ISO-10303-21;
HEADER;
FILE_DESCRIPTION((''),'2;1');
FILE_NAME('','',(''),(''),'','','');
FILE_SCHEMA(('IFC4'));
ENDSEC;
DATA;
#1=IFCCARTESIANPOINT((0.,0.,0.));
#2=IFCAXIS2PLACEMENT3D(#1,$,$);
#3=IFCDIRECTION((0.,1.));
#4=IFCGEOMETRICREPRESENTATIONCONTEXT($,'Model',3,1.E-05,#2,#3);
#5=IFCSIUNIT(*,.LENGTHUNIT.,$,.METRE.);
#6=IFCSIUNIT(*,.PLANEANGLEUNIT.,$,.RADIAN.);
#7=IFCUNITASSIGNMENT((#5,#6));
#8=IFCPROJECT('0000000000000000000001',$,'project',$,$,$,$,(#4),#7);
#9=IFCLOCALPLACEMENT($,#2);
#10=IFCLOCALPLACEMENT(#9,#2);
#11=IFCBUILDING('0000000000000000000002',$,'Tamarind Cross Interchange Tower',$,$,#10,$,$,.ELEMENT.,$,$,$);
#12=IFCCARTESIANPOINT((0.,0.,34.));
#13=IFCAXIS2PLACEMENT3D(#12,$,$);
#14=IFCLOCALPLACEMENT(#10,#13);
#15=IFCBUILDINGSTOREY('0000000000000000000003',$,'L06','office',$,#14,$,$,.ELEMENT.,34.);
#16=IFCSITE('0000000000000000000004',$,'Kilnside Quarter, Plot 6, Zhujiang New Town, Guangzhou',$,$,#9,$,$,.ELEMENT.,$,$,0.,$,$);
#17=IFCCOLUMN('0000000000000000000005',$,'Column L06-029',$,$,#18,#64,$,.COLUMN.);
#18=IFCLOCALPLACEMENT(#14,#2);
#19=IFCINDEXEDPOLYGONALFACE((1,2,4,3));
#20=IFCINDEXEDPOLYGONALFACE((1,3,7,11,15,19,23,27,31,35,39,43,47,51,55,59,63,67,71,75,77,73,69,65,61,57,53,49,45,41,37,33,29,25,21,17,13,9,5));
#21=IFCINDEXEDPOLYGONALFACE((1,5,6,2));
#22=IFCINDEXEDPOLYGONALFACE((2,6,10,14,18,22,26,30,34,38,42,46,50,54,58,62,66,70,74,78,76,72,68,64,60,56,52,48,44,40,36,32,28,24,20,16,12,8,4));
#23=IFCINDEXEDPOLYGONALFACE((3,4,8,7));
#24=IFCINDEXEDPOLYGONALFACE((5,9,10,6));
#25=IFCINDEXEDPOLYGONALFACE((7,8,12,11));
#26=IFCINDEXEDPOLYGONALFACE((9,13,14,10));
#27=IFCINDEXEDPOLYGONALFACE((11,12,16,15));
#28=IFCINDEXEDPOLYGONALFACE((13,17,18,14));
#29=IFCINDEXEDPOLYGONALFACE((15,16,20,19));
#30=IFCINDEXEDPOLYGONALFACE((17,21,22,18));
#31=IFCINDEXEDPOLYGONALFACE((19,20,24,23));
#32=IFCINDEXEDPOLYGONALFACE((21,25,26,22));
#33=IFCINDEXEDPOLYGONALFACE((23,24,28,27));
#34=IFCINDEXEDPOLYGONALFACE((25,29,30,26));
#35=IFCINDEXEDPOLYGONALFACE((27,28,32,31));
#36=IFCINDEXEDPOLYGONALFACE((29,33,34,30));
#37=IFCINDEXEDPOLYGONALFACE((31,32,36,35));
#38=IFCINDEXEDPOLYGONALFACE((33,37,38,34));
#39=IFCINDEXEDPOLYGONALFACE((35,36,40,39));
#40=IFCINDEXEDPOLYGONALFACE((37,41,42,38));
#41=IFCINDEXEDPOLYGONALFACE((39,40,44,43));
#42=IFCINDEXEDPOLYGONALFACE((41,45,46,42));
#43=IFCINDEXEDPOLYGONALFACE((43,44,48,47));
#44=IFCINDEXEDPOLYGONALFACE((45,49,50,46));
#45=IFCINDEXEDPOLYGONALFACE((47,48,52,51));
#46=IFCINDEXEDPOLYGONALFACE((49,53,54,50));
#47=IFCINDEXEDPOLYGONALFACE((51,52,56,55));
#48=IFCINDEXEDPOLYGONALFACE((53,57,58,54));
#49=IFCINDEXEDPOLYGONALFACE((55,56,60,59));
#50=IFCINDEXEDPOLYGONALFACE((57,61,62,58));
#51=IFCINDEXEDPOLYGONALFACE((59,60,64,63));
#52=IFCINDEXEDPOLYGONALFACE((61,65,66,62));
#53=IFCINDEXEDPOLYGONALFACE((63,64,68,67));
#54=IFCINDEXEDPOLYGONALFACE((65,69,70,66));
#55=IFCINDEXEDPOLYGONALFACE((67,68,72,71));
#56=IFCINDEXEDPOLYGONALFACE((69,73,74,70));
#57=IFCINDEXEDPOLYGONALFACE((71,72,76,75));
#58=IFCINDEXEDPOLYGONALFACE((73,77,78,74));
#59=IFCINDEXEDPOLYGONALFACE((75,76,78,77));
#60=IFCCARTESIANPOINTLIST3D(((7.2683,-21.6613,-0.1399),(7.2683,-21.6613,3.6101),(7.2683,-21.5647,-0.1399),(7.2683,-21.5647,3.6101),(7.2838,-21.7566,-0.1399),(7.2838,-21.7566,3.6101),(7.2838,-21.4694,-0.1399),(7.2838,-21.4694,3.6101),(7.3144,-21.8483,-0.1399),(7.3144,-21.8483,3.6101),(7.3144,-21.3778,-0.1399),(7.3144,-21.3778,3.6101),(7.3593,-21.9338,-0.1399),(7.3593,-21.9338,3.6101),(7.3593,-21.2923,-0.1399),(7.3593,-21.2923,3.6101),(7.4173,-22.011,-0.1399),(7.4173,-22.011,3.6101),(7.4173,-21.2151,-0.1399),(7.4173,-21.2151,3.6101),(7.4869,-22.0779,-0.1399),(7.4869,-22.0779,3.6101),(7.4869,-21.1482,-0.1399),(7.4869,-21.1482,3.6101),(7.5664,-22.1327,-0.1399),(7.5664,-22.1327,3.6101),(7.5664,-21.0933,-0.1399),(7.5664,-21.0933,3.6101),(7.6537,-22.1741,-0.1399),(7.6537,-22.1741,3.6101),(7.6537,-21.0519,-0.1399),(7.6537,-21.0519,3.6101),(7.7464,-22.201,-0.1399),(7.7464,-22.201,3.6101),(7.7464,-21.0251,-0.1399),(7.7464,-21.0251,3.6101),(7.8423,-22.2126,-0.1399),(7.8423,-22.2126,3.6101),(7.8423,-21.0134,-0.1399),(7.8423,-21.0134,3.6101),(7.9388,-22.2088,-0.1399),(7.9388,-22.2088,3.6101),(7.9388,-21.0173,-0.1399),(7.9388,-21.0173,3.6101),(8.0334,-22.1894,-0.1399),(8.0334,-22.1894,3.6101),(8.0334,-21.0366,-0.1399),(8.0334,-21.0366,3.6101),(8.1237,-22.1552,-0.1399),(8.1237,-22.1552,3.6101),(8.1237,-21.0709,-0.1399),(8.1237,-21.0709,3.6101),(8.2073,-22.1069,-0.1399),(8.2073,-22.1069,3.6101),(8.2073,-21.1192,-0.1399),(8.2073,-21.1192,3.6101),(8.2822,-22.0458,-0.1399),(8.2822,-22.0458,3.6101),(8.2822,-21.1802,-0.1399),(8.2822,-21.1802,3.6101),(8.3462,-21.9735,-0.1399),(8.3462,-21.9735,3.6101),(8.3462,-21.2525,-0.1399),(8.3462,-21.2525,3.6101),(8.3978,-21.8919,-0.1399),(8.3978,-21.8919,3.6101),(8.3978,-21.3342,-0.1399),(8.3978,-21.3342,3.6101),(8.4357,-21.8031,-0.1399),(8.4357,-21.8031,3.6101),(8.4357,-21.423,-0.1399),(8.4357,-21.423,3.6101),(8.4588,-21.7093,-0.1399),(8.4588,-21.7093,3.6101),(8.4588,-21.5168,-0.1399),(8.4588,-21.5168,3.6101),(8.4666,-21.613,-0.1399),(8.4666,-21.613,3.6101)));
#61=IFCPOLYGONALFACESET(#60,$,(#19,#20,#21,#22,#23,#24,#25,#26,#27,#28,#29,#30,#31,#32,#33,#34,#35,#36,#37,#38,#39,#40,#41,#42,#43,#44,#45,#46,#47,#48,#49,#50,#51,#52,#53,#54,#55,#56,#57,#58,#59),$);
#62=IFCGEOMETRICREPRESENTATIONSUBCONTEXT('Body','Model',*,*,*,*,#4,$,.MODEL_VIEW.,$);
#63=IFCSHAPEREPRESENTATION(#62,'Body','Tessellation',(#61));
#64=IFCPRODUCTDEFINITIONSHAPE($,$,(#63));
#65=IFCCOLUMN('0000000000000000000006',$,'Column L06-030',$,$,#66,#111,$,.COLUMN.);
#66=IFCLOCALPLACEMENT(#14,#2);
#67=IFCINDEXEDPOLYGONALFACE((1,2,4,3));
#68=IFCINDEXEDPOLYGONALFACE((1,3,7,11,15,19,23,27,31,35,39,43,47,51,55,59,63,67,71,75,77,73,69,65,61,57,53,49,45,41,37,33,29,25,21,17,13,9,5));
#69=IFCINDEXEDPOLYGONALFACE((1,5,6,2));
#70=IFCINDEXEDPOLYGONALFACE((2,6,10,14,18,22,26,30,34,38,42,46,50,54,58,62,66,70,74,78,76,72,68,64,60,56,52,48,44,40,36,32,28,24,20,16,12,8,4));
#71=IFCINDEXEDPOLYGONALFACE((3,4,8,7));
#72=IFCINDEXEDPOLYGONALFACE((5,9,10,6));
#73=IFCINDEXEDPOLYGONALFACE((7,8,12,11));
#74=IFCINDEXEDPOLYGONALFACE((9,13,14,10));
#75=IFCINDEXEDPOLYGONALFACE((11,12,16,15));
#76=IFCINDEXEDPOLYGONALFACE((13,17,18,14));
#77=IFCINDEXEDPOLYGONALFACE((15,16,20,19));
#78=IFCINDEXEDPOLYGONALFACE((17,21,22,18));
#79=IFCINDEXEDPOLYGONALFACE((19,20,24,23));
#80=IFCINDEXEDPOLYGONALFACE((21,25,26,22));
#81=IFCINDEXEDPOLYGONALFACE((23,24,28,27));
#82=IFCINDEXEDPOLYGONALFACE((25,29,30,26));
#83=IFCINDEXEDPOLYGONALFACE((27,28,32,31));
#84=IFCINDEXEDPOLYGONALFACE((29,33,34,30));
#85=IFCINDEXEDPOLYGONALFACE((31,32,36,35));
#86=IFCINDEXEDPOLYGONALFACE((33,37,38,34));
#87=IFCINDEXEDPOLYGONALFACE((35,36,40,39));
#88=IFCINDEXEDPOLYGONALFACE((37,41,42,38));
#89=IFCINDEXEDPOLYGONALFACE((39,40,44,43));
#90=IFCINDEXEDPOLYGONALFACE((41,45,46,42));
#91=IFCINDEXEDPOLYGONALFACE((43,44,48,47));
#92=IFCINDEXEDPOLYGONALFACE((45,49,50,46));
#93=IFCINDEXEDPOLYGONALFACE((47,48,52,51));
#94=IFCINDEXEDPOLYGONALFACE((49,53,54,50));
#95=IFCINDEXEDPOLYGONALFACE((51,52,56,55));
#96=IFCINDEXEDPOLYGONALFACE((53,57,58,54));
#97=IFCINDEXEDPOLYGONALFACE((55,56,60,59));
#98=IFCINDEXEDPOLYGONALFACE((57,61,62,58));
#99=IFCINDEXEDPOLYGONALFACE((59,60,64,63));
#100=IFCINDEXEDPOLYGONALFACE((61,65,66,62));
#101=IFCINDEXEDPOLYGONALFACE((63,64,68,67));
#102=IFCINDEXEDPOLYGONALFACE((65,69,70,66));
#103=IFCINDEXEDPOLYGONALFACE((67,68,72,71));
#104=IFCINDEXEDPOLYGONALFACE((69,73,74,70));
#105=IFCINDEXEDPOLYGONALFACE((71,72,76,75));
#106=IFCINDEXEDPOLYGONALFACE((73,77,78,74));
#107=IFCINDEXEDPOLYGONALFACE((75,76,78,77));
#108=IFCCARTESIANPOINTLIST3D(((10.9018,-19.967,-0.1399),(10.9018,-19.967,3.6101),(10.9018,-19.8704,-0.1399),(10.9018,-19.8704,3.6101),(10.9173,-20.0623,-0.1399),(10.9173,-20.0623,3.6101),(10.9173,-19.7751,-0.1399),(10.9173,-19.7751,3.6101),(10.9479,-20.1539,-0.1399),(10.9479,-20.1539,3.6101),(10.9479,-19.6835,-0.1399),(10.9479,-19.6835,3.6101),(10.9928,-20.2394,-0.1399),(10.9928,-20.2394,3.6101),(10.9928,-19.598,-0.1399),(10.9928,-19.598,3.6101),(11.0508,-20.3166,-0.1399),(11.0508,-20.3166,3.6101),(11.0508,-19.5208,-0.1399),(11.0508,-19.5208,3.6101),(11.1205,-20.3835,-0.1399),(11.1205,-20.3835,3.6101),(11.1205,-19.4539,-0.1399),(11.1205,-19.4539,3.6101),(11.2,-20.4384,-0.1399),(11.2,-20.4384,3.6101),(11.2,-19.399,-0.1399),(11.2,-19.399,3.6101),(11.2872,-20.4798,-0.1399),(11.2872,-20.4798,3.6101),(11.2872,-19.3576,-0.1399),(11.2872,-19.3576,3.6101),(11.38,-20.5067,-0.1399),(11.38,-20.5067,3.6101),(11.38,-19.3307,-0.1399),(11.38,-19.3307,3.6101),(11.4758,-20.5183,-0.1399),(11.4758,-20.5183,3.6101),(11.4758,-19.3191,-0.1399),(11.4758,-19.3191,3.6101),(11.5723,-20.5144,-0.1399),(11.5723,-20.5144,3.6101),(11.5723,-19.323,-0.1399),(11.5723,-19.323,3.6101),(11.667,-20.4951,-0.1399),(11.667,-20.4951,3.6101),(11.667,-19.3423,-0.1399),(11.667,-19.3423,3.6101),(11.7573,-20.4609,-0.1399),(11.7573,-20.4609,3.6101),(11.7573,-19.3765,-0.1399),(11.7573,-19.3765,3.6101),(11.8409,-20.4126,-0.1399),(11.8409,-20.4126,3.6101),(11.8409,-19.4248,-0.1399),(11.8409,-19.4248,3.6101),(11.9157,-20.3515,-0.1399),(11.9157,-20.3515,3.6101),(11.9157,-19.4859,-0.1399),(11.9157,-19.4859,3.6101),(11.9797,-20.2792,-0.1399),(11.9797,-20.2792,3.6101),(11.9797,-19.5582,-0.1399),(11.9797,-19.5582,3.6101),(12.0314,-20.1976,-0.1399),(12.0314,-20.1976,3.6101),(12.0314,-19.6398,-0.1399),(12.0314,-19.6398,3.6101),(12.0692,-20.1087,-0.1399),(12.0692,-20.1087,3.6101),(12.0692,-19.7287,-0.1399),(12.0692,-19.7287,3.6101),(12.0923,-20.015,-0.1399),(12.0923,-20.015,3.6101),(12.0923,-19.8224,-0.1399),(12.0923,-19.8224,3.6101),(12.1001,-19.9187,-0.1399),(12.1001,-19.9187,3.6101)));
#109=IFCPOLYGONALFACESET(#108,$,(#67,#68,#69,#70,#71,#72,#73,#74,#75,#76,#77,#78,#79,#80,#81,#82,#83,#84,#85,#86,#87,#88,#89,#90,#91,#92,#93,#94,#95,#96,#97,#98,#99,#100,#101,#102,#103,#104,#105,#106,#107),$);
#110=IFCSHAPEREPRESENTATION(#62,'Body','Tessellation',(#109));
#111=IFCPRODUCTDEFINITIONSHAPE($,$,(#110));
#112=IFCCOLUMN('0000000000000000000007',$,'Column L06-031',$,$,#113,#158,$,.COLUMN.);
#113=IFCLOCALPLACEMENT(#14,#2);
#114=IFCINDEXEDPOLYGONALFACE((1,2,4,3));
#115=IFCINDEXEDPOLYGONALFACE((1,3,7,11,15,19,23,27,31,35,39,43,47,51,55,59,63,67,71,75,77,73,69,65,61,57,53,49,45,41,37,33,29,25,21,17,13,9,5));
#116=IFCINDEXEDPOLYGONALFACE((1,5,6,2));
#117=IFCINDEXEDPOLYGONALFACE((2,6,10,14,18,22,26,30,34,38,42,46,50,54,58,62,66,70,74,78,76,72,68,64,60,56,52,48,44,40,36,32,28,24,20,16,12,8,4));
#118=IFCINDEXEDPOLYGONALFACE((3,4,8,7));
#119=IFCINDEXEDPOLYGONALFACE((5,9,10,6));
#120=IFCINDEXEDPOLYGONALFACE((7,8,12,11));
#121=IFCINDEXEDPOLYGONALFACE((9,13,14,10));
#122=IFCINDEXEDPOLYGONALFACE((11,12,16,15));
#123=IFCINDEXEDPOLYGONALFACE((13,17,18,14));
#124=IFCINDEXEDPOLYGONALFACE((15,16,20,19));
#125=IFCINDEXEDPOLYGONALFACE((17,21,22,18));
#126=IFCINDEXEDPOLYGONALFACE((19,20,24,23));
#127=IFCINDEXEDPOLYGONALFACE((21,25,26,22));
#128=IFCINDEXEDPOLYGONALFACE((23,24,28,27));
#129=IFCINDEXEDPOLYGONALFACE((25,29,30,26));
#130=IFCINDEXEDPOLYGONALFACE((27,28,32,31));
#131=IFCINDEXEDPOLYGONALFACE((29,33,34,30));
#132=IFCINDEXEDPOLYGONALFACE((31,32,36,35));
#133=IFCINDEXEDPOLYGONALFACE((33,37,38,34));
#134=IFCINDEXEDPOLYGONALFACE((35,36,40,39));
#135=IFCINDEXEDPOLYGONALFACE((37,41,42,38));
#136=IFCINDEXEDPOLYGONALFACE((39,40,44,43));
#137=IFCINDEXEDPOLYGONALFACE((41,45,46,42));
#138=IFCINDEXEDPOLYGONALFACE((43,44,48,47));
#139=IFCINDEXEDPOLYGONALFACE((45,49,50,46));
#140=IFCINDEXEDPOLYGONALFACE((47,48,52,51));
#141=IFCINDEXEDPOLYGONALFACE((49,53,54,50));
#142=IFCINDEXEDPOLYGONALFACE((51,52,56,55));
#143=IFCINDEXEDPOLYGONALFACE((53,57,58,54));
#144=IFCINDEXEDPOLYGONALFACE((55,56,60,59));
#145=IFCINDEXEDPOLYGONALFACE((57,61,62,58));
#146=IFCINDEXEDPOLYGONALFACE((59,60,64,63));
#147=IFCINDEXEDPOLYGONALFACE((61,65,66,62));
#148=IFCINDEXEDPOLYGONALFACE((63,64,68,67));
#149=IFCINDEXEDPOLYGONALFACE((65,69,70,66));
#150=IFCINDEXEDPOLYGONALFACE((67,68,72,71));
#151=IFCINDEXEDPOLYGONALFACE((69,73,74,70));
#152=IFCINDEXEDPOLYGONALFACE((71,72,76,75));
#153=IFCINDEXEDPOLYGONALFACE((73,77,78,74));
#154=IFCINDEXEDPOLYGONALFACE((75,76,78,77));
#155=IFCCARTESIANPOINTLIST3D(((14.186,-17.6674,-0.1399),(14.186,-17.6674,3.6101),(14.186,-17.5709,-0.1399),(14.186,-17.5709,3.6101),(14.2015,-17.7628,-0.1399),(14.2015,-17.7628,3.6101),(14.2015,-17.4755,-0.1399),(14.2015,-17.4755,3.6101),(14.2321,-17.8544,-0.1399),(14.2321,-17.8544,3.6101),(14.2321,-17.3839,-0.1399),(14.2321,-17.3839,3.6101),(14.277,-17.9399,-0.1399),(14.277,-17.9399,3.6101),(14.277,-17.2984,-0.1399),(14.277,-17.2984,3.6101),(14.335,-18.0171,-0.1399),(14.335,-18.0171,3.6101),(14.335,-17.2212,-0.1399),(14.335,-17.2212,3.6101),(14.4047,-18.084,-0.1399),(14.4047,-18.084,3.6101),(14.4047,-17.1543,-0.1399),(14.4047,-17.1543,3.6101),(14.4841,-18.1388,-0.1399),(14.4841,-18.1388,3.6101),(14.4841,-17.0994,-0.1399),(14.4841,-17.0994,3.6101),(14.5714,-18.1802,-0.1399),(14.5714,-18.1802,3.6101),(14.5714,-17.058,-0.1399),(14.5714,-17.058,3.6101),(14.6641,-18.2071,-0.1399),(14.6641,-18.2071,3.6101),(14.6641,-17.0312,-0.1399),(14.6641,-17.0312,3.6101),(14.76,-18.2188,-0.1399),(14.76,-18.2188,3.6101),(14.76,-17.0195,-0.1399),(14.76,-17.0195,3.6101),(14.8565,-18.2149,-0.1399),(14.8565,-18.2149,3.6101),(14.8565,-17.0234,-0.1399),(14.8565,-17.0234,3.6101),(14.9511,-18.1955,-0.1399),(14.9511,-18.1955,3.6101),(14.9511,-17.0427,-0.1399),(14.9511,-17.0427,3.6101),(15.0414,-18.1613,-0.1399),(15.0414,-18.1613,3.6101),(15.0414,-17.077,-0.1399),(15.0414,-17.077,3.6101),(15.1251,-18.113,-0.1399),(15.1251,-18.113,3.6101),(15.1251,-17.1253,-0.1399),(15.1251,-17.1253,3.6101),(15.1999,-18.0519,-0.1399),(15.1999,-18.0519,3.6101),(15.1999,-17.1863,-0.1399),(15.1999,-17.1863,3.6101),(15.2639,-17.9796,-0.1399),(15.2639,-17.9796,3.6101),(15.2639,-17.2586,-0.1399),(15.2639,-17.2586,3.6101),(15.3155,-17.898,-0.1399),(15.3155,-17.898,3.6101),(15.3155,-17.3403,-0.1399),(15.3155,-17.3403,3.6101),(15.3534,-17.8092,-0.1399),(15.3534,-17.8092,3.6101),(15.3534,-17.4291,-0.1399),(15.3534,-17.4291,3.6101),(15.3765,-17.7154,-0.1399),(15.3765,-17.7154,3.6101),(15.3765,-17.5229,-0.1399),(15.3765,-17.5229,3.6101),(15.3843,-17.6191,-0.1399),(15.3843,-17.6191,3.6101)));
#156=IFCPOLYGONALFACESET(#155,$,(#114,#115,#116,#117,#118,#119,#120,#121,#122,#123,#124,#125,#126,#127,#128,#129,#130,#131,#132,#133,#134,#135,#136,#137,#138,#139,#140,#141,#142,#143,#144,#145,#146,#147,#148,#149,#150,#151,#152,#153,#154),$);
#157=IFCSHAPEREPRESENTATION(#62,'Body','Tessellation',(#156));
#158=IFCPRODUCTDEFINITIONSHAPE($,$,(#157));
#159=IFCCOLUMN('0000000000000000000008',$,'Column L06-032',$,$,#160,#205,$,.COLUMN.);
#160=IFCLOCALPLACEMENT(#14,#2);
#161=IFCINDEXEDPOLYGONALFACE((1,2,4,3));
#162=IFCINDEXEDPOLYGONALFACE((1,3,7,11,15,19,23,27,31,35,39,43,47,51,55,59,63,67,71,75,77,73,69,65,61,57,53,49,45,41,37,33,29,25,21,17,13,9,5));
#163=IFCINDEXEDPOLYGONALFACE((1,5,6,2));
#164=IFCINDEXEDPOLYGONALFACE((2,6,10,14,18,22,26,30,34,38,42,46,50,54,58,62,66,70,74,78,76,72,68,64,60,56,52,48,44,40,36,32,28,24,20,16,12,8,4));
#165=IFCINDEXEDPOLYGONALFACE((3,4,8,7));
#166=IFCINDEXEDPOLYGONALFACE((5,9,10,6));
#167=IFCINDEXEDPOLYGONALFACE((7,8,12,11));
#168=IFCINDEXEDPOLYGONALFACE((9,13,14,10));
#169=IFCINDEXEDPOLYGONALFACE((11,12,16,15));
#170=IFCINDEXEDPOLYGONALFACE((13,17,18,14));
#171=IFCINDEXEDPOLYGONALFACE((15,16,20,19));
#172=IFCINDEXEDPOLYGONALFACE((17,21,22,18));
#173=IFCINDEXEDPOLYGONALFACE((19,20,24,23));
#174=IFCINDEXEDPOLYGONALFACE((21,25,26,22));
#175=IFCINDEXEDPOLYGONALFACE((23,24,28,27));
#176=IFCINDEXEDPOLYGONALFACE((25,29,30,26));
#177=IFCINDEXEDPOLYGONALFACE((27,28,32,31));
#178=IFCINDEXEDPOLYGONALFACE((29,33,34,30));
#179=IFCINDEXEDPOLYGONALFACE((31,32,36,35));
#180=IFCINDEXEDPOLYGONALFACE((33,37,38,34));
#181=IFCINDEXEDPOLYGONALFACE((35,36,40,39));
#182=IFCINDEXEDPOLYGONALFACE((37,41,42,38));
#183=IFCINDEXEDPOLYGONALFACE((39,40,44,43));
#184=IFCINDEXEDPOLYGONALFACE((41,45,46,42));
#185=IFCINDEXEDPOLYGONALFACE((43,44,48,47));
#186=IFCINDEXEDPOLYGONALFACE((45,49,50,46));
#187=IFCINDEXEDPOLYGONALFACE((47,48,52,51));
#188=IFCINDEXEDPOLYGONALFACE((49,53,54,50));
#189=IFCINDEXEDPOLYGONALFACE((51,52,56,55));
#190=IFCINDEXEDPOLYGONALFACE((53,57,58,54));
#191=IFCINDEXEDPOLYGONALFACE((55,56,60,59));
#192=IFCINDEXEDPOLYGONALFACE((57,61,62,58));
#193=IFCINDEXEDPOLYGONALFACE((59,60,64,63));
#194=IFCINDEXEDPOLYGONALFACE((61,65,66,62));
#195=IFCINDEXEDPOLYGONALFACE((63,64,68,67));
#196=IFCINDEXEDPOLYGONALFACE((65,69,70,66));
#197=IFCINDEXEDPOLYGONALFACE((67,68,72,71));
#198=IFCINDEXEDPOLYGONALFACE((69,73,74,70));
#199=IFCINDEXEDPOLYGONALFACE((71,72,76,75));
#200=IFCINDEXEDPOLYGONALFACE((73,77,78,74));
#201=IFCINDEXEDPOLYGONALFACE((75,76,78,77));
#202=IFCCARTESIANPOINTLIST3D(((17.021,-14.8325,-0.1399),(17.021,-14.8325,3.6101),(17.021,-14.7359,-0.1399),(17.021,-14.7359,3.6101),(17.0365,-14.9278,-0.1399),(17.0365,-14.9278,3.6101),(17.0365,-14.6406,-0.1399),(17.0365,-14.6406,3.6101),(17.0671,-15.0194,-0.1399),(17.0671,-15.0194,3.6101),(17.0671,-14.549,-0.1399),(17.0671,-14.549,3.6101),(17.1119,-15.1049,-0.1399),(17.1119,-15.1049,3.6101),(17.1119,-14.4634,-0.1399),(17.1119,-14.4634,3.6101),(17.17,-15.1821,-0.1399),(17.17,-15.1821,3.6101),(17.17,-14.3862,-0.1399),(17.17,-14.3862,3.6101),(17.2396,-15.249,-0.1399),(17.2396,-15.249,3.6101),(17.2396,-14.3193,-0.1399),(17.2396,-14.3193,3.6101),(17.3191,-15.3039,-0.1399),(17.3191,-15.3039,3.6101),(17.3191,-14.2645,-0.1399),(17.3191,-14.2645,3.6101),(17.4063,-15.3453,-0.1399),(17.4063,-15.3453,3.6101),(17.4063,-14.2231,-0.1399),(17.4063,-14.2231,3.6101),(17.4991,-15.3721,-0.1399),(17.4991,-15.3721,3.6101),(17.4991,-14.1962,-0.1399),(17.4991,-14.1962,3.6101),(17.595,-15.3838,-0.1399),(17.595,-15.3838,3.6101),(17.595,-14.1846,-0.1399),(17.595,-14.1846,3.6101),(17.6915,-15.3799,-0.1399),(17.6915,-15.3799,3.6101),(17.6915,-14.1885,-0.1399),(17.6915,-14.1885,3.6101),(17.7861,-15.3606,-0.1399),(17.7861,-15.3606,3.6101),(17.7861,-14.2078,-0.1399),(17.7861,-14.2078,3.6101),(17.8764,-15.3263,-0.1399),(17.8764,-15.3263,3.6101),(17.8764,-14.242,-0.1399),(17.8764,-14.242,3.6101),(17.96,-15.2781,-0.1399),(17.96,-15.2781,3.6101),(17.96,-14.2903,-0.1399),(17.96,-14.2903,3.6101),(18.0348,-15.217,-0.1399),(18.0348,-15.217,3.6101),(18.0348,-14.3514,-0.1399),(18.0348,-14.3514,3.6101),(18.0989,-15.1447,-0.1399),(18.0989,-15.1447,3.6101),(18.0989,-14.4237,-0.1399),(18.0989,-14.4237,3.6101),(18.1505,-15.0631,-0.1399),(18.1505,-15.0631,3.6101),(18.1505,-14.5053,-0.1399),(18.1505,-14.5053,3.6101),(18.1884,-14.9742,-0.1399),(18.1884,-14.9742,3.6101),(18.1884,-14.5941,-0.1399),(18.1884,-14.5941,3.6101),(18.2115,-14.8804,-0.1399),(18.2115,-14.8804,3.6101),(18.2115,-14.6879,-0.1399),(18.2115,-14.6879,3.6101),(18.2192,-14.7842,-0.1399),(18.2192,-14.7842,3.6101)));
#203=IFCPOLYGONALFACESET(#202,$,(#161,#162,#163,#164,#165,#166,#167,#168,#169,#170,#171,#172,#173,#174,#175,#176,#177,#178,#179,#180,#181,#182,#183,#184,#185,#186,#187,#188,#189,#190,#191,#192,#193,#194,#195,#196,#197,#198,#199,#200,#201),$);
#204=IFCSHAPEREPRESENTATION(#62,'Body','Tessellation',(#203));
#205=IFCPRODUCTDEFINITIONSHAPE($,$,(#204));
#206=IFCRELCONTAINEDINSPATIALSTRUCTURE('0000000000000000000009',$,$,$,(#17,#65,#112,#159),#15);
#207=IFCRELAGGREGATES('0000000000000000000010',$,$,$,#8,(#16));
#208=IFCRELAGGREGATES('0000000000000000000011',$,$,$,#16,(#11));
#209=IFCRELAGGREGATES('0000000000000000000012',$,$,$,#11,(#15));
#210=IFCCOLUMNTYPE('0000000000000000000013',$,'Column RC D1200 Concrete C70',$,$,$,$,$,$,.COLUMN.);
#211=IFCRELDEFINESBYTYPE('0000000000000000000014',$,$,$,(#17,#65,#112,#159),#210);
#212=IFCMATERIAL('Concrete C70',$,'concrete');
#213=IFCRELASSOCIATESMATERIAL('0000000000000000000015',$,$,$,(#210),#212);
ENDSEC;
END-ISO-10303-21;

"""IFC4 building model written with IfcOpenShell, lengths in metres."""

from ifc_helpers import new_model, si_unit, direction, frame, origin, origin_2d, place, context, subcontext, project, spatial, circle, extrude, material, material_profile, profile_set, type_object, element, save


model = new_model("IFC4")

# Units and contexts
model_context = context("Model", 3, precision=1e-05, world=origin(), true_north=direction((0.0, 1.0)))
body_context = subcontext(model_context, "Body", "Model", "MODEL_VIEW")
ifc_project = project(units=[si_unit("LENGTHUNIT", "METRE"), si_unit("PLANEANGLEUNIT", "RADIAN")], contexts=[model_context])

# Site, building, storey
site_placement = place(None, origin())
site = spatial("IfcSite", under=ifc_project, at=site_placement, Name="Kilnside Quarter, Plot 6, Zhujiang New Town, Guangzhou", CompositionType="ELEMENT", RefElevation=0.0)
building_placement = place(site_placement, origin())
building = spatial("IfcBuilding", under=site, at=building_placement, Name="Tamarind Cross Interchange Tower", CompositionType="ELEMENT")
storey_placement = place(building_placement, frame((0.0, 0.0, 34.0)))
storey = spatial("IfcBuildingStorey", under=building, at=storey_placement, Name="L06", Description="office", CompositionType="ELEMENT", Elevation=34.0)

# Columns
ifc_material_1 = material(Name="Concrete C70", Category="concrete")
ifc_material_profile_1 = material_profile(ifc_material_1, circle(Radius=0.6001, at=origin_2d()), Name="RC D1200")
ifc_profile_set_1 = profile_set([ifc_material_profile_1], Name="Concrete C70")
column_type = type_object("IfcColumnType", Name="Column RC D1200 Concrete C70", PredefinedType="COLUMN", material=ifc_profile_set_1)
for number, where, z_axis, x_axis, name in (
    (1, (7.8665, -21.613, -0.1399), (0.0, 0.0, 1.0), (1.0, 0.0, 0.0), "Column L06-029"),
    (2, (11.5, -19.9187, -0.1399), (0.0, 0.0, 1.0), (1.0, 0.0, 0.0), "Column L06-030"),
    (3, (14.7842, -17.6191, -0.1399), (0.0, 0.0, 1.0), (1.0, 0.0, 0.0), "Column L06-031"),
    (4, (17.6191, -14.7842, -0.1399), (0.0, 0.0, 1.0), (1.0, 0.0, 0.0), "Column L06-032"),
):
    element("IfcColumn", number, at=place(storey_placement, frame(where, z_axis=z_axis, x_axis=x_axis)), inside=storey, type_object=column_type, Name=name, PredefinedType="COLUMN", context=body_context, shape_type="SweptSolid", body=[
        extrude(circle(Radius=0.6001, at=origin_2d()), origin(), (0.0, 0.0, 1.0), 3.75),
    ])

save(model, "model.ifc")
